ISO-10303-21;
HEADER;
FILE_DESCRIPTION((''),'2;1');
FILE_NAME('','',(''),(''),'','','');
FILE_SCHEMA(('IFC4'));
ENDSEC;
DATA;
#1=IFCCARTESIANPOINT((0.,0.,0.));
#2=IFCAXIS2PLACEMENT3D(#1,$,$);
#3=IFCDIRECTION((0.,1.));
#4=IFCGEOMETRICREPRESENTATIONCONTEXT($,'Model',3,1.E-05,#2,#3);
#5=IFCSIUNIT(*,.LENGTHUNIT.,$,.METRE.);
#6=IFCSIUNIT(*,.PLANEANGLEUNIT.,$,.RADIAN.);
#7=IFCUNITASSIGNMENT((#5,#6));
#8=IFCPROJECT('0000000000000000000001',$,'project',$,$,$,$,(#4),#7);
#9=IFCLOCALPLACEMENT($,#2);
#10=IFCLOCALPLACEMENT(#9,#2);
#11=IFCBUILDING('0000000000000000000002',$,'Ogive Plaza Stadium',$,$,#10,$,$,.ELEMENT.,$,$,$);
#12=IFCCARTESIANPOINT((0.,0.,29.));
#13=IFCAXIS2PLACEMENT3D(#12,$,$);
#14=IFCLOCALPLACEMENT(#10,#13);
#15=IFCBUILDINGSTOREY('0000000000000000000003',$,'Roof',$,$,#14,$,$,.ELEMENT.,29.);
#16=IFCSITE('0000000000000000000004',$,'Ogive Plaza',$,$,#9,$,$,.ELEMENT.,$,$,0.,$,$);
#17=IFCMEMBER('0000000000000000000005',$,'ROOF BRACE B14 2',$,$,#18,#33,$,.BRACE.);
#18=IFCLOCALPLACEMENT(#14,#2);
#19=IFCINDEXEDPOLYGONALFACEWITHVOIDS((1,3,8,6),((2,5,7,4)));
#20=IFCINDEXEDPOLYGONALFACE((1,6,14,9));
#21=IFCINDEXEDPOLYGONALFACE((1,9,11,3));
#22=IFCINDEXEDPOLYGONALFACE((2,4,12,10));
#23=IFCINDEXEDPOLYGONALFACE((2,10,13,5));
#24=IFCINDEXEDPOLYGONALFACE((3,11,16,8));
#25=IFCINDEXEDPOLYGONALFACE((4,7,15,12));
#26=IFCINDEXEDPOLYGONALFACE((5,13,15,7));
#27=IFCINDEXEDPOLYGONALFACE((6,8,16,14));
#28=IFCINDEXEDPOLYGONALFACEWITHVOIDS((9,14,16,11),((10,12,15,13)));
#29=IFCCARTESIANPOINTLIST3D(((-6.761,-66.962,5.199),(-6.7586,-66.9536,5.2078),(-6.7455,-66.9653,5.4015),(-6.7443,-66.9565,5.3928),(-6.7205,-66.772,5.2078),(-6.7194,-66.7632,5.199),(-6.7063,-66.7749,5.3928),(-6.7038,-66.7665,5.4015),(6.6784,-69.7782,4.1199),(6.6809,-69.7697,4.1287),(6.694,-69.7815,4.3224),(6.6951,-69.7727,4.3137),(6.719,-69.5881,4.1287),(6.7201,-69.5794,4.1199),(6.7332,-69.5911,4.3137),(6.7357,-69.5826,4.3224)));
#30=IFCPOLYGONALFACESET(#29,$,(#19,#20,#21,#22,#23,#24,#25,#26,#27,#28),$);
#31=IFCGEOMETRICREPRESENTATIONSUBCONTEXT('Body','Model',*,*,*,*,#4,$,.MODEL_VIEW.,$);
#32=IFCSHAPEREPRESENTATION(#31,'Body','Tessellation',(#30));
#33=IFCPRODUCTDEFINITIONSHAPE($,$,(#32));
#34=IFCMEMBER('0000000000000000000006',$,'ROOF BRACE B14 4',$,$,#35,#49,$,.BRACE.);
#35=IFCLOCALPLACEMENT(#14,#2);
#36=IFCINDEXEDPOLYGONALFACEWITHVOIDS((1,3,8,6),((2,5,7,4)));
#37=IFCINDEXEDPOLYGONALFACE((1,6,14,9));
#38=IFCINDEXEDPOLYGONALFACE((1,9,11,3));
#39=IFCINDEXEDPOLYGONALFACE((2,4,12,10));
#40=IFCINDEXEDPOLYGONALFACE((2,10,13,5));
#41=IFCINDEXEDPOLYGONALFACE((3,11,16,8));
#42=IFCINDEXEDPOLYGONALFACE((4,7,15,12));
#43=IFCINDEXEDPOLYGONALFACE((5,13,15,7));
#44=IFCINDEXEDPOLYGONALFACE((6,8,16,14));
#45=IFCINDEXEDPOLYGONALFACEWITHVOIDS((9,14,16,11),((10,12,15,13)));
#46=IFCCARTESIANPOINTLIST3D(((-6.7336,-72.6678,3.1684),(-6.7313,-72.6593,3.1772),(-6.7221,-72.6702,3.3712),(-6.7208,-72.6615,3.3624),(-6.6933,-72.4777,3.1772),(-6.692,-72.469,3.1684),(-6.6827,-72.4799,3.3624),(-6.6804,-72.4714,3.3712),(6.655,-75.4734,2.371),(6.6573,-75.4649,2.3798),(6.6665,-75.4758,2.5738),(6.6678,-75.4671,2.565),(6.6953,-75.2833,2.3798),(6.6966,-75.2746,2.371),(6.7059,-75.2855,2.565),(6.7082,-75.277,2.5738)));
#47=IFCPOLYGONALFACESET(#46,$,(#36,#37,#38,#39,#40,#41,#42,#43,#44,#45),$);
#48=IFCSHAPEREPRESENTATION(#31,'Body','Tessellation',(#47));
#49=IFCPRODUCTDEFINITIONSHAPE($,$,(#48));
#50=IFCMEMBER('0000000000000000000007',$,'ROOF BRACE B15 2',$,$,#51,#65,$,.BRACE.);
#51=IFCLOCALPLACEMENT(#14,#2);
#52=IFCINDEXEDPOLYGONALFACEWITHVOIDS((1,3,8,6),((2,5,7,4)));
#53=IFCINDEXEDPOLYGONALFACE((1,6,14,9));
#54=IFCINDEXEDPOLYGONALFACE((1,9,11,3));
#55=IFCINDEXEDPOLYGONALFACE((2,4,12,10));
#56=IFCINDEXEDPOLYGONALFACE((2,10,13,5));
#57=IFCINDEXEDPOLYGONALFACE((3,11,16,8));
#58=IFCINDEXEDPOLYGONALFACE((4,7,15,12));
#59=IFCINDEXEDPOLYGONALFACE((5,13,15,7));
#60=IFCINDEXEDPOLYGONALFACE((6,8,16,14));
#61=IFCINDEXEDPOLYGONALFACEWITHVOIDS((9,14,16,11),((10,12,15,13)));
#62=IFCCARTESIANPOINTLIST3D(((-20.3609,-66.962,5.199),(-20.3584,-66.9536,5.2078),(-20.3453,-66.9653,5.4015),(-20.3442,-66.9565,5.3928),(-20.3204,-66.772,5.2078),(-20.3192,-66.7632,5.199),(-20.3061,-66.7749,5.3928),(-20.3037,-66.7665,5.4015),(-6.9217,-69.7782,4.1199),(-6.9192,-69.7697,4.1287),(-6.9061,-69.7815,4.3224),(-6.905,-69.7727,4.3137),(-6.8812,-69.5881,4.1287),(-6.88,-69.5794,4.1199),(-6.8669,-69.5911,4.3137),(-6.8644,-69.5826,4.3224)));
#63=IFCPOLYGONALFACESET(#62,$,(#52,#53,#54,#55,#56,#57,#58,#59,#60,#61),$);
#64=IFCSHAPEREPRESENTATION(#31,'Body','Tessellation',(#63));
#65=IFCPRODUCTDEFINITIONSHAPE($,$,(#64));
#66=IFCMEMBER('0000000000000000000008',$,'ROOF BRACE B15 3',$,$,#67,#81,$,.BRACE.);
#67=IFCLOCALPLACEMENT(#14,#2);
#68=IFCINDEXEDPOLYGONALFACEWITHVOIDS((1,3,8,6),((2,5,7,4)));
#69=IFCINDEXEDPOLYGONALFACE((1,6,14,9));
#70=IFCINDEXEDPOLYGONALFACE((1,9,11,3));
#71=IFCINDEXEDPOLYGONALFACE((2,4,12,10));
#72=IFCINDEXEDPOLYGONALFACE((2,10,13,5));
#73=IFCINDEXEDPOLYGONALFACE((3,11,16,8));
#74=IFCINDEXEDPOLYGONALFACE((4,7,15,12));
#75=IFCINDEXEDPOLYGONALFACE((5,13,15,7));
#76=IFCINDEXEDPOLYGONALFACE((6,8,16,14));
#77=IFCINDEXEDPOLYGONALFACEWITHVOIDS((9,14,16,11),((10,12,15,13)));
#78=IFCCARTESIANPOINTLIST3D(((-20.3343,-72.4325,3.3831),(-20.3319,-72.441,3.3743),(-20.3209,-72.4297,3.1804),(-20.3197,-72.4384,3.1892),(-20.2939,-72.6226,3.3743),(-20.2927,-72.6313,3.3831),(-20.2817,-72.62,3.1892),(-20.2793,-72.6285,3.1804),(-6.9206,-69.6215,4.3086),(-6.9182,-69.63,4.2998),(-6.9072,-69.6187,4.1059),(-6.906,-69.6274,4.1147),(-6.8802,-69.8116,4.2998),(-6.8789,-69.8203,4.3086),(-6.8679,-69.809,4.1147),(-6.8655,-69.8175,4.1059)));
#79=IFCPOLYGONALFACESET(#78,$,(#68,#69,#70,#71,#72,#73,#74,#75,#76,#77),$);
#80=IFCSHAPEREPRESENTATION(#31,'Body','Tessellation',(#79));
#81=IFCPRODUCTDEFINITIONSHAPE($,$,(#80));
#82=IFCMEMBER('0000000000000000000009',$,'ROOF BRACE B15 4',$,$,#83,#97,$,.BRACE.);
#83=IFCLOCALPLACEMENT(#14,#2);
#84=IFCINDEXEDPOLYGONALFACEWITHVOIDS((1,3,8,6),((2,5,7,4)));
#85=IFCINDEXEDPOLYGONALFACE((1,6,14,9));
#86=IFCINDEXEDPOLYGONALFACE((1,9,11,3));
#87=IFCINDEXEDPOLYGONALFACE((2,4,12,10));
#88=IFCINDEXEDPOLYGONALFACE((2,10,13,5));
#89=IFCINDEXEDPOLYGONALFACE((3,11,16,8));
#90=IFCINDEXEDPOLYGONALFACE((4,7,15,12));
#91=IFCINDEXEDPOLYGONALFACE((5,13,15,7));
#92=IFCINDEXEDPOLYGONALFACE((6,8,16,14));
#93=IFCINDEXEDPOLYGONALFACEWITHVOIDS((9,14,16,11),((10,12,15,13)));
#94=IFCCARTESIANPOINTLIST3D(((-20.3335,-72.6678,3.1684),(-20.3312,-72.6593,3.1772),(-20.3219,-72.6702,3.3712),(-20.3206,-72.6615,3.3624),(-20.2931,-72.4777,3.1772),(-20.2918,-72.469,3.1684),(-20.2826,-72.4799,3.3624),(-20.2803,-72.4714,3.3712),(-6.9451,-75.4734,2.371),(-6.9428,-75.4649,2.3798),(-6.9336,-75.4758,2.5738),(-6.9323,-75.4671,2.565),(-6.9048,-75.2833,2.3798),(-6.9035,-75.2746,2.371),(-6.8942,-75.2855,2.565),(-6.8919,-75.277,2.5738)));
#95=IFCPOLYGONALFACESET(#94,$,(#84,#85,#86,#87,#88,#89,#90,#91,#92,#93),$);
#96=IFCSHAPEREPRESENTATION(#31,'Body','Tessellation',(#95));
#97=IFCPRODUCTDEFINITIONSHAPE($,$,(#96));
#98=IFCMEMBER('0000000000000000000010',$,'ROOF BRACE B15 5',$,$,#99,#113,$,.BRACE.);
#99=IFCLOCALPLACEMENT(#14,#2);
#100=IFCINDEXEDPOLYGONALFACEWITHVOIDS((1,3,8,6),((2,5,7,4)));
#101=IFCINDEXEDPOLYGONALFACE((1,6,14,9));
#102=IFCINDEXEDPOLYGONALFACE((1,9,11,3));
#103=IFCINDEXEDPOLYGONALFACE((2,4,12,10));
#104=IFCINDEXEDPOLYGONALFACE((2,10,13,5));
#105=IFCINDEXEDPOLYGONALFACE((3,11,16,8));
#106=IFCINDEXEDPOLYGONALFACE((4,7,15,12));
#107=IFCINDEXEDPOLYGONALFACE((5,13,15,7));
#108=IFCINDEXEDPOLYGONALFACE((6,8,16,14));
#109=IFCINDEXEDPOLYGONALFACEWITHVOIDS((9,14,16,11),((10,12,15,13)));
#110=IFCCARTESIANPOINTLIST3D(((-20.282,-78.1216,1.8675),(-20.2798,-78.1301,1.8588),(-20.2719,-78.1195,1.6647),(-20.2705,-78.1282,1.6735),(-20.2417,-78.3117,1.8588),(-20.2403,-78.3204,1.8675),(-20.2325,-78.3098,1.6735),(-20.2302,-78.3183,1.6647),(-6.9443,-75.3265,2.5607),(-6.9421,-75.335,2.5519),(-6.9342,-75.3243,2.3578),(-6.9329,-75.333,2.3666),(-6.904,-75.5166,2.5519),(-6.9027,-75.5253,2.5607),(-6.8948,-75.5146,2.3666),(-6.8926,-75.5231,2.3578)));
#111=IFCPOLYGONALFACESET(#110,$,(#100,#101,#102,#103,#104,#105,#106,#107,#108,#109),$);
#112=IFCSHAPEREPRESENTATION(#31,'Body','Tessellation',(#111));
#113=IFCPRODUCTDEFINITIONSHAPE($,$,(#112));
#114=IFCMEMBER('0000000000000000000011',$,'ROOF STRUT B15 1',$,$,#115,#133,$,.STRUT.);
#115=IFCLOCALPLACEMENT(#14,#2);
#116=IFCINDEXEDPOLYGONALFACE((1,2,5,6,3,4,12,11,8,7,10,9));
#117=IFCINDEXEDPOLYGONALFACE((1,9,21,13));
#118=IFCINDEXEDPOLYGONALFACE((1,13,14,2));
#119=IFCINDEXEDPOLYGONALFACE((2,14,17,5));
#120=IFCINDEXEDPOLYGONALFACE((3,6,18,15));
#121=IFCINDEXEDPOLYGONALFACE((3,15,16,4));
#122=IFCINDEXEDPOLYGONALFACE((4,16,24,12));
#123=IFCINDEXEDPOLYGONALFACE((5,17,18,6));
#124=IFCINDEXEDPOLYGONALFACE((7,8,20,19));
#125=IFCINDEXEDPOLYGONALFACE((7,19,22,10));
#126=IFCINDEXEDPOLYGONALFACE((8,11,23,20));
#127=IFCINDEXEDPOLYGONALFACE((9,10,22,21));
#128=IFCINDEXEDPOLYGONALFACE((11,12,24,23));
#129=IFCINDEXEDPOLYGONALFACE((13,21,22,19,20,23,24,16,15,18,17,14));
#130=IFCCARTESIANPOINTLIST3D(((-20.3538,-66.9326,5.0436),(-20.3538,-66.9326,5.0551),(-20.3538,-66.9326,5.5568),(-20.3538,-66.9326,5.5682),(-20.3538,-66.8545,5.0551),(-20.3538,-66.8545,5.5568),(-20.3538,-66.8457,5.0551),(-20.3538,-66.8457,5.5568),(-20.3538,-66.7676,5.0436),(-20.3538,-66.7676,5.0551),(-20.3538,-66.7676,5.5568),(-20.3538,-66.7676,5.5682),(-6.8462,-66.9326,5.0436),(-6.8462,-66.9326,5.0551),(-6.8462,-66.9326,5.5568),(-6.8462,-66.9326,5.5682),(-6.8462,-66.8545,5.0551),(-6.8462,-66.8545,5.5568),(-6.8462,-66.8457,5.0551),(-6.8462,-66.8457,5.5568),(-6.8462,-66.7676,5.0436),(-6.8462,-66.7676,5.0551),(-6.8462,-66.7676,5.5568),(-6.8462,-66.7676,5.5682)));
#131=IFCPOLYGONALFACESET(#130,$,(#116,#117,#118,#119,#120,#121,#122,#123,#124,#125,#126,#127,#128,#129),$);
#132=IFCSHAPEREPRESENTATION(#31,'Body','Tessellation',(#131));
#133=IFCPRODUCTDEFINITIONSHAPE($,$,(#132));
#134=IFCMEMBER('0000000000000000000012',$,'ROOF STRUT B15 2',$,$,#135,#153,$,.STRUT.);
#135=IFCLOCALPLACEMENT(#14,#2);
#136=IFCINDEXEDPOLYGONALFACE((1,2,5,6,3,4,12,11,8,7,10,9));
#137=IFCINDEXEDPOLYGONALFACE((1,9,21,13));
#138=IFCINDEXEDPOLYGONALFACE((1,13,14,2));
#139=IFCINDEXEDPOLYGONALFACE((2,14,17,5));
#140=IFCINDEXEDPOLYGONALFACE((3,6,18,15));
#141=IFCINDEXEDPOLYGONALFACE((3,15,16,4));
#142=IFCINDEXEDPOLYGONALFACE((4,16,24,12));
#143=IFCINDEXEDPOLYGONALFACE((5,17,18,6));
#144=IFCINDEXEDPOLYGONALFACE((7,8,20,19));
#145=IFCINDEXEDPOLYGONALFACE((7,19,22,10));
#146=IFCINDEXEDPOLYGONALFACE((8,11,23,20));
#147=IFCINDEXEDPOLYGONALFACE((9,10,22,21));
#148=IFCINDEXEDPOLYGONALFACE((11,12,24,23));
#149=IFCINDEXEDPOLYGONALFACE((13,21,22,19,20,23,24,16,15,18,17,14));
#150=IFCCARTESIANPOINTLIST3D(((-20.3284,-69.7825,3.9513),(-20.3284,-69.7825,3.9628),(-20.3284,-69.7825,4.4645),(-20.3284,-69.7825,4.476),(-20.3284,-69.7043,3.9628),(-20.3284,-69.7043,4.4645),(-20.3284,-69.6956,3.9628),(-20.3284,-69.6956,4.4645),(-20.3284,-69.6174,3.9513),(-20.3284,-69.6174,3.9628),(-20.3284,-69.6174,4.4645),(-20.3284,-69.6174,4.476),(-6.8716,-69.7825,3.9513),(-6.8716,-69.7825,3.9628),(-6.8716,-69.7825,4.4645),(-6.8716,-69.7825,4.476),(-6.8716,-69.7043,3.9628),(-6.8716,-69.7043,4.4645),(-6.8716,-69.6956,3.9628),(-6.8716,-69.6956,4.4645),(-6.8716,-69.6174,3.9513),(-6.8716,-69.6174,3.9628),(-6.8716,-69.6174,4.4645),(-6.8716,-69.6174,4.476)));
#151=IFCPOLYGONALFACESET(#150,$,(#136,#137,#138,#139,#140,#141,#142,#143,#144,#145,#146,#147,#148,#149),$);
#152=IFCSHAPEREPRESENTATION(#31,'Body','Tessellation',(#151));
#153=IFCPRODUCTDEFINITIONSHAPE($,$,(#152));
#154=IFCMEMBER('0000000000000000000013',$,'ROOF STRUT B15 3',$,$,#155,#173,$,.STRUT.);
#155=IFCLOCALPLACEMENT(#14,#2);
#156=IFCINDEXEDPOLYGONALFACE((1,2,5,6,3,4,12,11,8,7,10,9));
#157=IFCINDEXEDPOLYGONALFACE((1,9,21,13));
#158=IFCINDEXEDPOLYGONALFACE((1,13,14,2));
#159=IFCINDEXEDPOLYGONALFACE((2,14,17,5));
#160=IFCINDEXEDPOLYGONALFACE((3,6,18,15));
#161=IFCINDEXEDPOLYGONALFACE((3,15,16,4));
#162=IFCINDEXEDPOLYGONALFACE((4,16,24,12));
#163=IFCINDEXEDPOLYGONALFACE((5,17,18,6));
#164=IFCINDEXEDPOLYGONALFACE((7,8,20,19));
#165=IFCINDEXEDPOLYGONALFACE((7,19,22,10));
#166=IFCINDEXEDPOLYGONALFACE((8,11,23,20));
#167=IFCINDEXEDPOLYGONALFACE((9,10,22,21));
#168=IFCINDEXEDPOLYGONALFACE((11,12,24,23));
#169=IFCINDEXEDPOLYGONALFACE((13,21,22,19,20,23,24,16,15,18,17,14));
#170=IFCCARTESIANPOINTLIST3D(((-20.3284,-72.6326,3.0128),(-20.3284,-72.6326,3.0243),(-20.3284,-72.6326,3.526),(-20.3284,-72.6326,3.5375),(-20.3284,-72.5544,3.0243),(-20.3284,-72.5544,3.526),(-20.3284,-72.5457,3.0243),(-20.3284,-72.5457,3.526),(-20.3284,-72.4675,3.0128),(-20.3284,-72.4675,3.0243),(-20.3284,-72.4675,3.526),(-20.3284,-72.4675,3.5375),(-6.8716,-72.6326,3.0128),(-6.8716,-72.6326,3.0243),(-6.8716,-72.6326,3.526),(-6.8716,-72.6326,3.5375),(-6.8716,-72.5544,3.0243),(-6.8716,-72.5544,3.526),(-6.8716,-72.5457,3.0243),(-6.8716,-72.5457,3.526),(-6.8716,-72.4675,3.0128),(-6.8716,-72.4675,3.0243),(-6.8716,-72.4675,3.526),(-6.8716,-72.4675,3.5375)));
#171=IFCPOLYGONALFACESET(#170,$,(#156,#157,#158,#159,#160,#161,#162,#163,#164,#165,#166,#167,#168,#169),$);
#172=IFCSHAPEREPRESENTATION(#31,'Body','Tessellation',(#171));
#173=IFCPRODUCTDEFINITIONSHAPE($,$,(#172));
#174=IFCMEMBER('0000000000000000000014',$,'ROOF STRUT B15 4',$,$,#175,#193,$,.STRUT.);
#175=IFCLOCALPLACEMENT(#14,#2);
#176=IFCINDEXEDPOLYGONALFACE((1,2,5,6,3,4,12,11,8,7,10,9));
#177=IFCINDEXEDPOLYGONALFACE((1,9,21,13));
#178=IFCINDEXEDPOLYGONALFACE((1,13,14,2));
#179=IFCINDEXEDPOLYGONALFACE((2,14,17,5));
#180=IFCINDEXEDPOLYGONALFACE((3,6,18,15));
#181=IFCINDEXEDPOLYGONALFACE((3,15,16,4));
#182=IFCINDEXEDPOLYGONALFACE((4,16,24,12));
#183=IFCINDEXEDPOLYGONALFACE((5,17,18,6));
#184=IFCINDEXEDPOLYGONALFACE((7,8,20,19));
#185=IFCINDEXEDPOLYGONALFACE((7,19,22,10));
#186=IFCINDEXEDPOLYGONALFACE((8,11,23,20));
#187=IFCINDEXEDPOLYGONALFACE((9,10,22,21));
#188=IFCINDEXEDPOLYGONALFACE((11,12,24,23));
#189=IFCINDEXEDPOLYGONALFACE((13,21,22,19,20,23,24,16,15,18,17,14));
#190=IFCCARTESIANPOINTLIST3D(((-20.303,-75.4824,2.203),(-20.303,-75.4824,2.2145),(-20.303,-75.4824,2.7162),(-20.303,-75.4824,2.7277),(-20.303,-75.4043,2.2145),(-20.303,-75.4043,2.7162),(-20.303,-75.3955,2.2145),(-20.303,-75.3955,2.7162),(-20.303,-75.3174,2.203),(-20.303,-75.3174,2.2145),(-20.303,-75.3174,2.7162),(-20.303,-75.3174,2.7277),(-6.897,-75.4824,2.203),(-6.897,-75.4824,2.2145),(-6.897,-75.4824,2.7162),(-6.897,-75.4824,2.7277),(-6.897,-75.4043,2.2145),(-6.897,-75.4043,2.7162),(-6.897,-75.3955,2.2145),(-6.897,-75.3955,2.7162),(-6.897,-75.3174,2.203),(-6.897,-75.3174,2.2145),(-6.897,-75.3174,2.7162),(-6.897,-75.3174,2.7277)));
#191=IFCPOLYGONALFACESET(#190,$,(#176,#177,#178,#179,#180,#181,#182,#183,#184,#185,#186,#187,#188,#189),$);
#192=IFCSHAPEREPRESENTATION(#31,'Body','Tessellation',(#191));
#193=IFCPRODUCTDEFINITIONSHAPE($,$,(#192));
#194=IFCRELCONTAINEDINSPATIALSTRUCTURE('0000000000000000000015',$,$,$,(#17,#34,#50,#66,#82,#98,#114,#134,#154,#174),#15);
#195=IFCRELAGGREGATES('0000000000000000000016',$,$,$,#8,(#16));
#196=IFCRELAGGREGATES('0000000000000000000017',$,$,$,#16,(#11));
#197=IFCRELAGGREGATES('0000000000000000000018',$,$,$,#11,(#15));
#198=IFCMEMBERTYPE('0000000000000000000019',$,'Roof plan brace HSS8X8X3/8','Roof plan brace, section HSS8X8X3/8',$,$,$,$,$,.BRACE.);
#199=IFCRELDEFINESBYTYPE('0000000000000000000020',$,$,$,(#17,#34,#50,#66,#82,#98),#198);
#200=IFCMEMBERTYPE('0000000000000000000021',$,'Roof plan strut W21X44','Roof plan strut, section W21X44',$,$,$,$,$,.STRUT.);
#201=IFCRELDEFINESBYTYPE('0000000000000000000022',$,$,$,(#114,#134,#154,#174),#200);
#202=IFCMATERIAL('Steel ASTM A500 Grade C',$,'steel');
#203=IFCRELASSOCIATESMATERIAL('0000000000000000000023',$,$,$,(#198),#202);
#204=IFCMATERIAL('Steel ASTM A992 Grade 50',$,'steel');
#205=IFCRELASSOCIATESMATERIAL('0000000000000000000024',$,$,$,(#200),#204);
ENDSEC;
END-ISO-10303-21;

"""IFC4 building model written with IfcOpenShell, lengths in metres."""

from ifc_helpers import new_model, si_unit, direction, frame, origin, origin_2d, place, context, subcontext, project, spatial, hollow_rectangle, i_section, extrude, material, material_profile, profile_set, type_object, element, save


model = new_model("IFC4")

# Units and contexts
model_context = context("Model", 3, precision=1e-05, world=origin(), true_north=direction((0.0, 1.0)))
body_context = subcontext(model_context, "Body", "Model", "MODEL_VIEW")
ifc_project = project(units=[si_unit("LENGTHUNIT", "METRE"), si_unit("PLANEANGLEUNIT", "RADIAN")], contexts=[model_context])

# Site, building, storey
site_placement = place(None, origin())
site = spatial("IfcSite", under=ifc_project, at=site_placement, Name="Ogive Plaza", CompositionType="ELEMENT", RefElevation=0.0)
building_placement = place(site_placement, origin())
building = spatial("IfcBuilding", under=site, at=building_placement, Name="Ogive Plaza Stadium", CompositionType="ELEMENT")
storey_placement = place(building_placement, frame((0.0, 0.0, 29.0)))
storey = spatial("IfcBuildingStorey", under=building, at=storey_placement, Name="Roof", CompositionType="ELEMENT", Elevation=29.0)

# Members
ifc_material_1 = material(Name="Steel ASTM A500 Grade C", Category="steel")
ifc_material_profile_1 = material_profile(ifc_material_1, hollow_rectangle(XDim=0.2031, YDim=0.2031, WallThickness=0.0088, at=origin_2d()), Name="HSS8X8X3/8")
ifc_profile_set_1 = profile_set([ifc_material_profile_1], Name="Steel ASTM A500 Grade C")
member_type_1 = type_object("IfcMemberType", Name="Roof plan brace HSS8X8X3/8", Description="Roof plan brace, section HSS8X8X3/8", PredefinedType="BRACE", material=ifc_profile_set_1)
member_1_placement = place(storey_placement, frame((-6.7324, -66.8643, 5.3003), z_axis=(0.975735, -0.20446, -0.078345), x_axis=(0.20509, 0.978743, 0.0)))
element("IfcMember", 1, at=member_1_placement, inside=storey, type_object=member_type_1, Name="ROOF BRACE B14 2", PredefinedType="BRACE", context=body_context, shape_type="SweptSolid", body=[
    extrude(hollow_rectangle(XDim=0.2031, YDim=0.2031, WallThickness=0.0088, at=origin_2d()), origin(), (0.0, 0.0, 1.0), 13.7737),
])
member_2_placement = place(storey_placement, frame((-6.707, -72.5696, 3.2698), z_axis=(0.977083, -0.204753, -0.05819), x_axis=(0.2051, 0.978741, 0.0)))
element("IfcMember", 2, at=member_2_placement, inside=storey, type_object=member_type_1, Name="ROOF BRACE B14 4", PredefinedType="BRACE", context=body_context, shape_type="SweptSolid", body=[
    extrude(hollow_rectangle(XDim=0.2031, YDim=0.2031, WallThickness=0.0088, at=origin_2d()), origin(), (0.0, 0.0, 1.0), 13.7026),
])
member_3_placement = place(storey_placement, frame((-20.3323, -66.8643, 5.3003), z_axis=(0.975734, -0.204463, -0.078347), x_axis=(0.205094, 0.978742, 0.0)))
element("IfcMember", 3, at=member_3_placement, inside=storey, type_object=member_type_1, Name="ROOF BRACE B15 2", PredefinedType="BRACE", context=body_context, shape_type="SweptSolid", body=[
    extrude(hollow_rectangle(XDim=0.2031, YDim=0.2031, WallThickness=0.0088, at=origin_2d()), origin(), (0.0, 0.0, 1.0), 13.7734),
])
member_4_placement = place(storey_placement, frame((-6.8931, -69.7195, 4.2073), z_axis=(-0.976515, -0.204641, -0.067378), x_axis=(0.205107, -0.97874, 0.0)))
element("IfcMember", 4, at=member_4_placement, inside=storey, type_object=member_type_1, Name="ROOF BRACE B15 3", PredefinedType="BRACE", context=body_context, shape_type="SweptSolid", body=[
    extrude(hollow_rectangle(XDim=0.2031, YDim=0.2031, WallThickness=0.0088, at=origin_2d()), origin(), (0.0, 0.0, 1.0), 13.7363),
])
member_5_placement = place(storey_placement, frame((-20.3069, -72.5696, 3.2698), z_axis=(0.977082, -0.204756, -0.058191), x_axis=(0.205104, 0.97874, 0.0)))
element("IfcMember", 5, at=member_5_placement, inside=storey, type_object=member_type_1, Name="ROOF BRACE B15 4", PredefinedType="BRACE", context=body_context, shape_type="SweptSolid", body=[
    extrude(hollow_rectangle(XDim=0.2031, YDim=0.2031, WallThickness=0.0088, at=origin_2d()), origin(), (0.0, 0.0, 1.0), 13.7024),
])
member_6_placement = place(storey_placement, frame((-6.9185, -75.4248, 2.4592), z_axis=(-0.977475, -0.204849, -0.050796), x_axis=(0.205114, -0.978738, 0.0)))
element("IfcMember", 6, at=member_6_placement, inside=storey, type_object=member_type_1, Name="ROOF BRACE B15 5", PredefinedType="BRACE", context=body_context, shape_type="SweptSolid", body=[
    extrude(hollow_rectangle(XDim=0.2031, YDim=0.2031, WallThickness=0.0088, at=origin_2d()), origin(), (0.0, 0.0, 1.0), 13.645),
])
ifc_material_2 = material(Name="Steel ASTM A992 Grade 50", Category="steel")
ifc_material_profile_2 = material_profile(ifc_material_2, i_section(OverallWidth=0.165, OverallDepth=0.5247, WebThickness=0.0088, FlangeThickness=0.0115, at=origin_2d()), Name="W21X44")
ifc_profile_set_2 = profile_set([ifc_material_profile_2], Name="Steel ASTM A992 Grade 50")
member_type_2 = type_object("IfcMemberType", Name="Roof plan strut W21X44", Description="Roof plan strut, section W21X44", PredefinedType="STRUT", material=ifc_profile_set_2)
member_7_placement = place(storey_placement, frame((-6.8462, -66.8501, 5.3059), z_axis=(-1.0, 0.0, 0.0), x_axis=(0.0, -1.0, 0.0)))
element("IfcMember", 7, at=member_7_placement, inside=storey, type_object=member_type_2, Name="ROOF STRUT B15 1", PredefinedType="STRUT", context=body_context, shape_type="SweptSolid", body=[
    extrude(i_section(OverallWidth=0.165, OverallDepth=0.5247, WebThickness=0.0088, FlangeThickness=0.0115, at=origin_2d()), origin(), (0.0, 0.0, 1.0), 13.5076),
])
for number, where, z_axis, x_axis, name in (
    (8, (-6.8716, -69.7, 4.2136), (-1.0, 0.0, 0.0), (0.0, -1.0, 0.0), "ROOF STRUT B15 2"),
    (9, (-6.8716, -72.55, 3.2751), (-1.0, 0.0, 0.0), (0.0, -1.0, 0.0), "ROOF STRUT B15 3"),
):
    element("IfcMember", number, at=place(storey_placement, frame(where, z_axis=z_axis, x_axis=x_axis)), inside=storey, type_object=member_type_2, Name=name, PredefinedType="STRUT", context=body_context, shape_type="SweptSolid", body=[
        extrude(i_section(OverallWidth=0.165, OverallDepth=0.5247, WebThickness=0.0088, FlangeThickness=0.0115, at=origin_2d()), origin(), (0.0, 0.0, 1.0), 13.4568),
    ])
member_8_placement = place(storey_placement, frame((-6.897, -75.3999, 2.4653), z_axis=(-1.0, 0.0, 0.0), x_axis=(0.0, -1.0, 0.0)))
element("IfcMember", 10, at=member_8_placement, inside=storey, type_object=member_type_2, Name="ROOF STRUT B15 4", PredefinedType="STRUT", context=body_context, shape_type="SweptSolid", body=[
    extrude(i_section(OverallWidth=0.165, OverallDepth=0.5247, WebThickness=0.0088, FlangeThickness=0.0115, at=origin_2d()), origin(), (0.0, 0.0, 1.0), 13.406),
])

save(model, "model.ifc")
